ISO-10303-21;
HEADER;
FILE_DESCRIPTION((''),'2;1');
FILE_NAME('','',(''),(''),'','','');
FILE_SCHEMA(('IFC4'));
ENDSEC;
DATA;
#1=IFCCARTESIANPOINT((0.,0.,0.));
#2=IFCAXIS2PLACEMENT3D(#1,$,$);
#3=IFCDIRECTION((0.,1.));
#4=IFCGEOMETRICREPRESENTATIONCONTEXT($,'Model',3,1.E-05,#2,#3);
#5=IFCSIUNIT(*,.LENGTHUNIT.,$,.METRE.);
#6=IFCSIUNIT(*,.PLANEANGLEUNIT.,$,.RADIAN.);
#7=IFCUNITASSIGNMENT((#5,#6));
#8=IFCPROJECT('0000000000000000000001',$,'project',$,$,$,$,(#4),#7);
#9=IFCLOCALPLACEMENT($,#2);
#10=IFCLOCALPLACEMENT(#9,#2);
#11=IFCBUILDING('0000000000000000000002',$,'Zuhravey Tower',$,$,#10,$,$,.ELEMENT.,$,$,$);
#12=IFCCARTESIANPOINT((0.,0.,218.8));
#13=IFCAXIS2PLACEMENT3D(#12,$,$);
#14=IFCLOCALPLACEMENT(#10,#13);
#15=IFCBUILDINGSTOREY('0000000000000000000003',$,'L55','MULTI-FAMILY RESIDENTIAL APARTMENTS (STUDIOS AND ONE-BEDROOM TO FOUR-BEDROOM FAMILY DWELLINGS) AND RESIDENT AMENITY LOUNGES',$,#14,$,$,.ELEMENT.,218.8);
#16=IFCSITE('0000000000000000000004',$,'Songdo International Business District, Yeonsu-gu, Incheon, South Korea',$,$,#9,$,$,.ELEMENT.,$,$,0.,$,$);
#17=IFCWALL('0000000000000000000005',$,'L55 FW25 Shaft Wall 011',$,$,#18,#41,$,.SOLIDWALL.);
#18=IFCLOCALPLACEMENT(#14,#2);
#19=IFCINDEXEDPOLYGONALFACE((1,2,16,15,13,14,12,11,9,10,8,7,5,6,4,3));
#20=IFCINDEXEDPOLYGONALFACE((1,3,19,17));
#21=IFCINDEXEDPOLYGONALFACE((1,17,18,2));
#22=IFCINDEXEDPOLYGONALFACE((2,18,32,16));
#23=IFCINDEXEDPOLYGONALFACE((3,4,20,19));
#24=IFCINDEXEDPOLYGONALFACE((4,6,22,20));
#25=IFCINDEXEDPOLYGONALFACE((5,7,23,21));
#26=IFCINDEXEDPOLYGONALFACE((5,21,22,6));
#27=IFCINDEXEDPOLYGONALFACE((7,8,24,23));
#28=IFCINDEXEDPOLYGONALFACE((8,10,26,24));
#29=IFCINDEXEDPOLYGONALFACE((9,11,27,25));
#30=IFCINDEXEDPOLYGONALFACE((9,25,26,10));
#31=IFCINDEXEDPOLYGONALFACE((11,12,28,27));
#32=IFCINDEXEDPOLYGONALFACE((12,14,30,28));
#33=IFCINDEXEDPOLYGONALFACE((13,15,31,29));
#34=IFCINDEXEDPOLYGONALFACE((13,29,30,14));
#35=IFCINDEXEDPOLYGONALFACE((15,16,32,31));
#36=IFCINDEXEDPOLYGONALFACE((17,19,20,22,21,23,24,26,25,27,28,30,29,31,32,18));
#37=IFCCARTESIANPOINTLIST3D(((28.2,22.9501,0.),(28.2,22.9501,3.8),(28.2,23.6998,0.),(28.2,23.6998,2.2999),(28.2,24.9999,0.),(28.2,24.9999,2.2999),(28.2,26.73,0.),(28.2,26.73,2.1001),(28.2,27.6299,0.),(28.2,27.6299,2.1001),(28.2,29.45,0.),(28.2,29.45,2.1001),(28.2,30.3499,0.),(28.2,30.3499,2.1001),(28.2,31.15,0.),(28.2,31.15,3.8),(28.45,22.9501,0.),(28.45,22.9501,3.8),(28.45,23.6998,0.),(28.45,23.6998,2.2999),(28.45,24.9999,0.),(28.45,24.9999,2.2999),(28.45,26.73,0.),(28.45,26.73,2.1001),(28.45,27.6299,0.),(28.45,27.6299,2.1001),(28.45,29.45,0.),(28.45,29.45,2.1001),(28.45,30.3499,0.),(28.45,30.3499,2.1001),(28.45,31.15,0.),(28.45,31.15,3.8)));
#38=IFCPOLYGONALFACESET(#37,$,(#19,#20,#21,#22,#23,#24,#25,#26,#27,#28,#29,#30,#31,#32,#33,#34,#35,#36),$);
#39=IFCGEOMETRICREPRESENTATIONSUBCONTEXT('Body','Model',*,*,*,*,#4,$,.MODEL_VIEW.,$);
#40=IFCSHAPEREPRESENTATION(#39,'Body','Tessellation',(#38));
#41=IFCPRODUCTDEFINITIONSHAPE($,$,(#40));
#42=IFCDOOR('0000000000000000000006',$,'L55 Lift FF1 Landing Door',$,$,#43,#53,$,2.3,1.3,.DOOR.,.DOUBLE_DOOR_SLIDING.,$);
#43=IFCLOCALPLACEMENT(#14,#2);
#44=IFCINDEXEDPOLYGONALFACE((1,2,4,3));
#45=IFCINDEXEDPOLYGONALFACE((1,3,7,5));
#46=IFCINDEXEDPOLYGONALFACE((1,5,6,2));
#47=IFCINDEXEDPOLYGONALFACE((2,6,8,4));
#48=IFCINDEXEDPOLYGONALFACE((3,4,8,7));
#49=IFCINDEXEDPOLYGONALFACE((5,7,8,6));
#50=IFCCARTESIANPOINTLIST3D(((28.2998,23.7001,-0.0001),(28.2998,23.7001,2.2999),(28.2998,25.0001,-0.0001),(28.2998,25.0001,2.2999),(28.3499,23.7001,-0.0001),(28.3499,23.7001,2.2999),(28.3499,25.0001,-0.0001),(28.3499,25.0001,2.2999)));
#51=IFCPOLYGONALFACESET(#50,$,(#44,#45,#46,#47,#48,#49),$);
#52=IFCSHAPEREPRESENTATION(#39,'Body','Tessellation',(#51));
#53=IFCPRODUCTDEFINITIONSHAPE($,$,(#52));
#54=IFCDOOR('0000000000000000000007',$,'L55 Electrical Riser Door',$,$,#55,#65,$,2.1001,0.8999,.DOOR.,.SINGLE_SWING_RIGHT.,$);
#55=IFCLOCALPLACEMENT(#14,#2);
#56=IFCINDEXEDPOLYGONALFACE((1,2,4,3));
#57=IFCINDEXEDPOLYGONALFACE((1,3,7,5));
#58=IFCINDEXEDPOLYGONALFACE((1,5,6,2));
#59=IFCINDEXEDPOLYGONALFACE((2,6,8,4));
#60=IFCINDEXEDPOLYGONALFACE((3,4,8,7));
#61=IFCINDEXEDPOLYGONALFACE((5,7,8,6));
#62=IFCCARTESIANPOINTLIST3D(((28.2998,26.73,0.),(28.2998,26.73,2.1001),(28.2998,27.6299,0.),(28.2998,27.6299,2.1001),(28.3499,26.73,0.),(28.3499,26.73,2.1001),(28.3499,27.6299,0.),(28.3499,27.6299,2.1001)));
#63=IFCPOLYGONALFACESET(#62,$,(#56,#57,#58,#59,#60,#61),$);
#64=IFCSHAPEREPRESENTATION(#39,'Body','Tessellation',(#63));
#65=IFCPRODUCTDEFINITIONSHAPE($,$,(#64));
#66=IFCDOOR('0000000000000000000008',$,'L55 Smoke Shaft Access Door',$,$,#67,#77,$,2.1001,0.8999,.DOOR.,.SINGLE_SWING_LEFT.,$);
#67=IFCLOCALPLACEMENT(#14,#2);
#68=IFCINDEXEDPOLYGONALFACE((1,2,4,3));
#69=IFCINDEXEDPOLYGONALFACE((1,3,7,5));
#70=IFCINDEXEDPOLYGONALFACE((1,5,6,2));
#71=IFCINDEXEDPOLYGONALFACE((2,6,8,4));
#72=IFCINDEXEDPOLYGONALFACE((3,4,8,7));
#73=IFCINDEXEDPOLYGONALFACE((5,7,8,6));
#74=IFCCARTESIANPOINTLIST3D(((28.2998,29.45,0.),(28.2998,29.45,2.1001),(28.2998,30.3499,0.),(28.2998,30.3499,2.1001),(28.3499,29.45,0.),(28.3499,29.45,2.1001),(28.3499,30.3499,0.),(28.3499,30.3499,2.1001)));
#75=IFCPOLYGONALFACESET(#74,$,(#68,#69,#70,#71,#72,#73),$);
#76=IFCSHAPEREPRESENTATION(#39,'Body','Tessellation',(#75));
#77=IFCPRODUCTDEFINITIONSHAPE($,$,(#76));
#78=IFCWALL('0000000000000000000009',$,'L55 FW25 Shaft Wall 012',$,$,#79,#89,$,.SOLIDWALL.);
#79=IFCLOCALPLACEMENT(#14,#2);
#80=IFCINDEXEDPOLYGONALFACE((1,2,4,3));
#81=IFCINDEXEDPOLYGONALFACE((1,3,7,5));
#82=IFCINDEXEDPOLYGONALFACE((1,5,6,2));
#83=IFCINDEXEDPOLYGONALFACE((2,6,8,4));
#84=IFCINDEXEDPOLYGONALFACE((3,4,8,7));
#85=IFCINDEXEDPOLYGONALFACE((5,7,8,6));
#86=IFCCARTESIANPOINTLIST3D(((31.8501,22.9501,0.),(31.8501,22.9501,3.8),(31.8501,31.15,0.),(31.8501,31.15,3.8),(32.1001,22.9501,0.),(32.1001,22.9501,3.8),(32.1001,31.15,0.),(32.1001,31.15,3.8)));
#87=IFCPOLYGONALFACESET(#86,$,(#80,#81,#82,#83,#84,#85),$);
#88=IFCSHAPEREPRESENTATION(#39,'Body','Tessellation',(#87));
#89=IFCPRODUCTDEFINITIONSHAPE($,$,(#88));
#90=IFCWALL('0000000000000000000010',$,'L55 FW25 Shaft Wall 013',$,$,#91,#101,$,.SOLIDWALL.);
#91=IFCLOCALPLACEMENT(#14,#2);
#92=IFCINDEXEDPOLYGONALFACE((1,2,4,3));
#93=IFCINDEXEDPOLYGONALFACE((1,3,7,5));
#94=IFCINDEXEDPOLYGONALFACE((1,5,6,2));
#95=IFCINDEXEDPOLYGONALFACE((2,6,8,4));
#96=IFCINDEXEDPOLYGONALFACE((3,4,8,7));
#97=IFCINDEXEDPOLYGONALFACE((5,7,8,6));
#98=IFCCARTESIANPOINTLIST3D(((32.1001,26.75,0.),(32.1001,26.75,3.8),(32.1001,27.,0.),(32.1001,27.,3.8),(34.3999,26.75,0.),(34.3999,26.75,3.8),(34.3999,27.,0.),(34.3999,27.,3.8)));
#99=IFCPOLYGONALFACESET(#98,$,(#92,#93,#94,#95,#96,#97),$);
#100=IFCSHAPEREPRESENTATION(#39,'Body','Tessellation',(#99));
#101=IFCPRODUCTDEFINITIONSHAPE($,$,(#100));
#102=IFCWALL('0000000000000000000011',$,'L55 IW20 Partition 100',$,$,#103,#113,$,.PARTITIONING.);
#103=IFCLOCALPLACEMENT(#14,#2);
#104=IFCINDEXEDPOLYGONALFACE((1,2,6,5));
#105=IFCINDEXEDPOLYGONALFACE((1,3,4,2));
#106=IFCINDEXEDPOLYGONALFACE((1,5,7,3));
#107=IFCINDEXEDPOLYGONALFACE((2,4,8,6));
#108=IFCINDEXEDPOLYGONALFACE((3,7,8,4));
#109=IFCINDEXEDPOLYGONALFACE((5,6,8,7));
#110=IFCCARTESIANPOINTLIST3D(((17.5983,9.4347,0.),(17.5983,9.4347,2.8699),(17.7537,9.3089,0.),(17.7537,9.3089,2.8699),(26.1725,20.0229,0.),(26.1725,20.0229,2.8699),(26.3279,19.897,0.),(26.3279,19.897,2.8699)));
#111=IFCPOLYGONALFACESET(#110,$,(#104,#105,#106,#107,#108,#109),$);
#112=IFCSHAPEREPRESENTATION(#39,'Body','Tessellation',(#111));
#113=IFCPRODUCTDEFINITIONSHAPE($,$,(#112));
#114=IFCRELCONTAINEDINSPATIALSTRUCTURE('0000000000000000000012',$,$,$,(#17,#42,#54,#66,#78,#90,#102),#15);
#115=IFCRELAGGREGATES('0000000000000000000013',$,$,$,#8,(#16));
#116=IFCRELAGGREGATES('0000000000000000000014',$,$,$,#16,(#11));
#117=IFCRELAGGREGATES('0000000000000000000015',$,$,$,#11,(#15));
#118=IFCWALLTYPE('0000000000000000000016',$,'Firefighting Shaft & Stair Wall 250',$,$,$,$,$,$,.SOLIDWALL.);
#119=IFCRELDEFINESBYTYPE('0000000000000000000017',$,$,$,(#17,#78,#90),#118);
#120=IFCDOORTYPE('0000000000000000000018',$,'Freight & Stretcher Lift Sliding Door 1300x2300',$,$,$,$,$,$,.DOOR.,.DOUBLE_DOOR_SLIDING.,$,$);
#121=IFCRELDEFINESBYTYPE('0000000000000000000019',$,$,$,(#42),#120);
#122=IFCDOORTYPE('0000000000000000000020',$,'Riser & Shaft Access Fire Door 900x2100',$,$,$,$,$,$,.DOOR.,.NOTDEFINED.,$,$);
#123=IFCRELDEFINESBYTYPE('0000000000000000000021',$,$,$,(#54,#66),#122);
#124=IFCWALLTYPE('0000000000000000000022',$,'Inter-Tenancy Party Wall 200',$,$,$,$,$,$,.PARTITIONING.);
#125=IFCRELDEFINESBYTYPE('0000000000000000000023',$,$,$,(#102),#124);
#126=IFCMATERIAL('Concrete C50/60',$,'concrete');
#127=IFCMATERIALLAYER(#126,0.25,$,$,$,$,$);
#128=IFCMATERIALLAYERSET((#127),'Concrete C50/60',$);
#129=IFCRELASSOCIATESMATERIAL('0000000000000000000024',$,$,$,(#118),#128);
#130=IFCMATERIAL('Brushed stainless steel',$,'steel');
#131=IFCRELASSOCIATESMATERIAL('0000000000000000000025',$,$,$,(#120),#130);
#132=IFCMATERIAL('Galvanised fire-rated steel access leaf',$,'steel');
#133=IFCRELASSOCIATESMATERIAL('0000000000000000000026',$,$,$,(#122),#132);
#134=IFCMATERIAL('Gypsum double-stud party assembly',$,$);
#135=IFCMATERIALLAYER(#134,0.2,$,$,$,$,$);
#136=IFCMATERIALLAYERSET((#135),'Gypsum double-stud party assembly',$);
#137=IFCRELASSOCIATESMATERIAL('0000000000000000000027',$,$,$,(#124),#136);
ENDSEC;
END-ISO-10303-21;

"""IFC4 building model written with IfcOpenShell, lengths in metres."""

from ifc_helpers import new_model, si_unit, direction, frame, frame_2d, origin, place, context, subcontext, project, spatial, rectangle, extrude, material, layer, layer_set, type_object, element, fill, save


model = new_model("IFC4")

# Units and contexts
model_context = context("Model", 3, precision=1e-05, world=origin(), true_north=direction((0.0, 1.0)))
body_context = subcontext(model_context, "Body", "Model", "MODEL_VIEW")
ifc_project = project(units=[si_unit("LENGTHUNIT", "METRE"), si_unit("PLANEANGLEUNIT", "RADIAN")], contexts=[model_context])

# Site, building, storey
site_placement = place(None, origin())
site = spatial("IfcSite", under=ifc_project, at=site_placement, Name="Songdo International Business District, Yeonsu-gu, Incheon, South Korea", CompositionType="ELEMENT", RefElevation=0.0)
building_placement = place(site_placement, origin())
building = spatial("IfcBuilding", under=site, at=building_placement, Name="Zuhravey Tower", CompositionType="ELEMENT")
storey_placement = place(building_placement, frame((0.0, 0.0, 218.8)))
storey = spatial("IfcBuildingStorey", under=building, at=storey_placement, Name="L55", Description="MULTI-FAMILY RESIDENTIAL APARTMENTS (STUDIOS AND ONE-BEDROOM TO FOUR-BEDROOM FAMILY DWELLINGS) AND RESIDENT AMENITY LOUNGES", CompositionType="ELEMENT", Elevation=218.8)

# Shared definitions
ifc_material_1 = material(Name="Concrete C50/60", Category="concrete")
ifc_layer_1 = layer(ifc_material_1, 0.25)
ifc_layer_set_1 = layer_set([ifc_layer_1], Name="Concrete C50/60")
wall_type_1 = type_object("IfcWallType", Name="Firefighting Shaft & Stair Wall 250", PredefinedType="SOLIDWALL", material=ifc_layer_set_1)

# Wall, openings, doors
wall_1_placement = place(storey_placement, frame((28.325, 22.95, 0.0), z_axis=(0.0, 0.0, 1.0), x_axis=(0.0, 1.0, 0.0)))
wall_1 = element("IfcWall", 1, at=wall_1_placement, inside=storey, type_object=wall_type_1, Name="L55 FW25 Shaft Wall 011", PredefinedType="SOLIDWALL", context=body_context, shape_type="SweptSolid", body=[
    extrude(rectangle(XDim=8.2, YDim=0.25, at=frame_2d((4.1001, 0.0))), origin(), (0.0, 0.0, 1.0), 3.8),
])
opening_1_placement = place(wall_1_placement, frame((0.75, 0.0, 0.0)))
opening_1 = element("IfcOpeningElement", 2, at=opening_1_placement, cuts=wall_1, PredefinedType="OPENING", context=body_context, shape_type="SweptSolid", body=[
    extrude(rectangle(XDim=1.3, YDim=2.3, at=frame_2d((0.6499, 1.1499))), frame((0.0, 0.137, 0.0), z_axis=(0.0, -1.0, 0.0), x_axis=(1.0, 0.0, 0.0)), (0.0, 0.0, 1.0), 0.2739),
])
opening_2_placement = place(wall_1_placement, frame((3.78, 0.0, 0.0)))
opening_2 = element("IfcOpeningElement", 3, at=opening_2_placement, cuts=wall_1, PredefinedType="OPENING", context=body_context, shape_type="SweptSolid", body=[
    extrude(rectangle(XDim=0.8999, YDim=2.1001, at=frame_2d((0.45, 1.05))), frame((0.0, 0.137, 0.0), z_axis=(0.0, -1.0, 0.0), x_axis=(1.0, 0.0, 0.0)), (0.0, 0.0, 1.0), 0.2739),
])
opening_3_placement = place(wall_1_placement, frame((6.5, 0.0, 0.0)))
opening_3 = element("IfcOpeningElement", 4, at=opening_3_placement, cuts=wall_1, PredefinedType="OPENING", context=body_context, shape_type="SweptSolid", body=[
    extrude(rectangle(XDim=0.8999, YDim=2.1001, at=frame_2d((0.45, 1.05))), frame((0.0, 0.137, 0.0), z_axis=(0.0, -1.0, 0.0), x_axis=(1.0, 0.0, 0.0)), (0.0, 0.0, 1.0), 0.2739),
])
ifc_material_2 = material(Name="Brushed stainless steel", Category="steel")
door_type_1 = type_object("IfcDoorType", Name="Freight & Stretcher Lift Sliding Door 1300x2300", OperationType="DOUBLE_DOOR_SLIDING", PredefinedType="DOOR", material=ifc_material_2)
door_1_placement = place(opening_1_placement, frame((1.3, 0.0, 0.0), z_axis=(0.0, 0.0, 1.0), x_axis=(-1.0, 0.0, 0.0)))
door_1 = element("IfcDoor", 5, at=door_1_placement, inside=storey, type_object=door_type_1, Name="L55 Lift FF1 Landing Door", OperationType="DOUBLE_DOOR_SLIDING", OverallHeight=2.3, OverallWidth=1.3, PredefinedType="DOOR", context=body_context, shape_type="SweptSolid", body=[
    extrude(rectangle(XDim=1.3, YDim=2.3, at=frame_2d((0.6499, 1.1499))), frame((0.0, 0.0249, 0.0), z_axis=(0.0, -1.0, 0.0), x_axis=(1.0, 0.0, 0.0)), (0.0, 0.0, 1.0), 0.05),
])
fill(opening_1, door_1)
ifc_material_3 = material(Name="Galvanised fire-rated steel access leaf", Category="steel")
door_type_2 = type_object("IfcDoorType", Name="Riser & Shaft Access Fire Door 900x2100", OperationType="NOTDEFINED", PredefinedType="DOOR", material=ifc_material_3)
door_2_placement = place(opening_2_placement, frame((0.8999, 0.0, 0.0), z_axis=(0.0, 0.0, 1.0), x_axis=(-1.0, 0.0, 0.0)))
door_2 = element("IfcDoor", 6, at=door_2_placement, inside=storey, type_object=door_type_2, Name="L55 Electrical Riser Door", OperationType="SINGLE_SWING_RIGHT", OverallHeight=2.1001, OverallWidth=0.8999, PredefinedType="DOOR", context=body_context, shape_type="SweptSolid", body=[
    extrude(rectangle(XDim=0.8999, YDim=2.1001, at=frame_2d((0.45, 1.05))), frame((0.0, 0.0249, 0.0), z_axis=(0.0, -1.0, 0.0), x_axis=(1.0, 0.0, 0.0)), (0.0, 0.0, 1.0), 0.05),
])
fill(opening_2, door_2)
door_3_placement = place(opening_3_placement, frame((0.8999, 0.0, 0.0), z_axis=(0.0, 0.0, 1.0), x_axis=(-1.0, 0.0, 0.0)))
door_3 = element("IfcDoor", 7, at=door_3_placement, inside=storey, type_object=door_type_2, Name="L55 Smoke Shaft Access Door", OperationType="SINGLE_SWING_LEFT", OverallHeight=2.1001, OverallWidth=0.8999, PredefinedType="DOOR", context=body_context, shape_type="SweptSolid", body=[
    extrude(rectangle(XDim=0.8999, YDim=2.1001, at=frame_2d((0.45, 1.05))), frame((0.0, 0.0249, 0.0), z_axis=(0.0, -1.0, 0.0), x_axis=(1.0, 0.0, 0.0)), (0.0, 0.0, 1.0), 0.05),
])
fill(opening_3, door_3)

# Walls
wall_2_placement = place(storey_placement, frame((31.9751, 22.95, 0.0), z_axis=(0.0, 0.0, 1.0), x_axis=(0.0, 1.0, 0.0)))
element("IfcWall", 8, at=wall_2_placement, inside=storey, type_object=wall_type_1, Name="L55 FW25 Shaft Wall 012", PredefinedType="SOLIDWALL", context=body_context, shape_type="SweptSolid", body=[
    extrude(rectangle(XDim=8.2, YDim=0.25, at=frame_2d((4.1001, 0.0))), origin(), (0.0, 0.0, 1.0), 3.8),
])
wall_3_placement = place(storey_placement, frame((32.1001, 26.875, 0.0), z_axis=(0.0, 0.0, 1.0), x_axis=(1.0, 0.0, 0.0)))
element("IfcWall", 9, at=wall_3_placement, inside=storey, type_object=wall_type_1, Name="L55 FW25 Shaft Wall 013", PredefinedType="SOLIDWALL", context=body_context, shape_type="SweptSolid", body=[
    extrude(rectangle(XDim=2.2998, YDim=0.25, at=frame_2d((1.1499, 0.0))), origin(), (0.0, 0.0, 1.0), 3.8),
])
ifc_material_4 = material(Name="Gypsum double-stud party assembly")
ifc_layer_2 = layer(ifc_material_4, 0.2)
ifc_layer_set_2 = layer_set([ifc_layer_2], Name="Gypsum double-stud party assembly")
wall_type_2 = type_object("IfcWallType", Name="Inter-Tenancy Party Wall 200", PredefinedType="PARTITIONING", material=ifc_layer_set_2)
wall_4_placement = place(storey_placement, frame((26.2502, 19.96, 0.0), z_axis=(0.0, 0.0, 1.0), x_axis=(-0.629326, -0.777142, 0.0)))
element("IfcWall", 10, at=wall_4_placement, inside=storey, type_object=wall_type_2, Name="L55 IW20 Partition 100", PredefinedType="PARTITIONING", context=body_context, shape_type="SweptSolid", body=[
    extrude(rectangle(XDim=13.6245, YDim=0.2, at=frame_2d((6.8123, 0.0))), origin(), (0.0, 0.0, 1.0), 2.8699),
])

save(model, "model.ifc")
